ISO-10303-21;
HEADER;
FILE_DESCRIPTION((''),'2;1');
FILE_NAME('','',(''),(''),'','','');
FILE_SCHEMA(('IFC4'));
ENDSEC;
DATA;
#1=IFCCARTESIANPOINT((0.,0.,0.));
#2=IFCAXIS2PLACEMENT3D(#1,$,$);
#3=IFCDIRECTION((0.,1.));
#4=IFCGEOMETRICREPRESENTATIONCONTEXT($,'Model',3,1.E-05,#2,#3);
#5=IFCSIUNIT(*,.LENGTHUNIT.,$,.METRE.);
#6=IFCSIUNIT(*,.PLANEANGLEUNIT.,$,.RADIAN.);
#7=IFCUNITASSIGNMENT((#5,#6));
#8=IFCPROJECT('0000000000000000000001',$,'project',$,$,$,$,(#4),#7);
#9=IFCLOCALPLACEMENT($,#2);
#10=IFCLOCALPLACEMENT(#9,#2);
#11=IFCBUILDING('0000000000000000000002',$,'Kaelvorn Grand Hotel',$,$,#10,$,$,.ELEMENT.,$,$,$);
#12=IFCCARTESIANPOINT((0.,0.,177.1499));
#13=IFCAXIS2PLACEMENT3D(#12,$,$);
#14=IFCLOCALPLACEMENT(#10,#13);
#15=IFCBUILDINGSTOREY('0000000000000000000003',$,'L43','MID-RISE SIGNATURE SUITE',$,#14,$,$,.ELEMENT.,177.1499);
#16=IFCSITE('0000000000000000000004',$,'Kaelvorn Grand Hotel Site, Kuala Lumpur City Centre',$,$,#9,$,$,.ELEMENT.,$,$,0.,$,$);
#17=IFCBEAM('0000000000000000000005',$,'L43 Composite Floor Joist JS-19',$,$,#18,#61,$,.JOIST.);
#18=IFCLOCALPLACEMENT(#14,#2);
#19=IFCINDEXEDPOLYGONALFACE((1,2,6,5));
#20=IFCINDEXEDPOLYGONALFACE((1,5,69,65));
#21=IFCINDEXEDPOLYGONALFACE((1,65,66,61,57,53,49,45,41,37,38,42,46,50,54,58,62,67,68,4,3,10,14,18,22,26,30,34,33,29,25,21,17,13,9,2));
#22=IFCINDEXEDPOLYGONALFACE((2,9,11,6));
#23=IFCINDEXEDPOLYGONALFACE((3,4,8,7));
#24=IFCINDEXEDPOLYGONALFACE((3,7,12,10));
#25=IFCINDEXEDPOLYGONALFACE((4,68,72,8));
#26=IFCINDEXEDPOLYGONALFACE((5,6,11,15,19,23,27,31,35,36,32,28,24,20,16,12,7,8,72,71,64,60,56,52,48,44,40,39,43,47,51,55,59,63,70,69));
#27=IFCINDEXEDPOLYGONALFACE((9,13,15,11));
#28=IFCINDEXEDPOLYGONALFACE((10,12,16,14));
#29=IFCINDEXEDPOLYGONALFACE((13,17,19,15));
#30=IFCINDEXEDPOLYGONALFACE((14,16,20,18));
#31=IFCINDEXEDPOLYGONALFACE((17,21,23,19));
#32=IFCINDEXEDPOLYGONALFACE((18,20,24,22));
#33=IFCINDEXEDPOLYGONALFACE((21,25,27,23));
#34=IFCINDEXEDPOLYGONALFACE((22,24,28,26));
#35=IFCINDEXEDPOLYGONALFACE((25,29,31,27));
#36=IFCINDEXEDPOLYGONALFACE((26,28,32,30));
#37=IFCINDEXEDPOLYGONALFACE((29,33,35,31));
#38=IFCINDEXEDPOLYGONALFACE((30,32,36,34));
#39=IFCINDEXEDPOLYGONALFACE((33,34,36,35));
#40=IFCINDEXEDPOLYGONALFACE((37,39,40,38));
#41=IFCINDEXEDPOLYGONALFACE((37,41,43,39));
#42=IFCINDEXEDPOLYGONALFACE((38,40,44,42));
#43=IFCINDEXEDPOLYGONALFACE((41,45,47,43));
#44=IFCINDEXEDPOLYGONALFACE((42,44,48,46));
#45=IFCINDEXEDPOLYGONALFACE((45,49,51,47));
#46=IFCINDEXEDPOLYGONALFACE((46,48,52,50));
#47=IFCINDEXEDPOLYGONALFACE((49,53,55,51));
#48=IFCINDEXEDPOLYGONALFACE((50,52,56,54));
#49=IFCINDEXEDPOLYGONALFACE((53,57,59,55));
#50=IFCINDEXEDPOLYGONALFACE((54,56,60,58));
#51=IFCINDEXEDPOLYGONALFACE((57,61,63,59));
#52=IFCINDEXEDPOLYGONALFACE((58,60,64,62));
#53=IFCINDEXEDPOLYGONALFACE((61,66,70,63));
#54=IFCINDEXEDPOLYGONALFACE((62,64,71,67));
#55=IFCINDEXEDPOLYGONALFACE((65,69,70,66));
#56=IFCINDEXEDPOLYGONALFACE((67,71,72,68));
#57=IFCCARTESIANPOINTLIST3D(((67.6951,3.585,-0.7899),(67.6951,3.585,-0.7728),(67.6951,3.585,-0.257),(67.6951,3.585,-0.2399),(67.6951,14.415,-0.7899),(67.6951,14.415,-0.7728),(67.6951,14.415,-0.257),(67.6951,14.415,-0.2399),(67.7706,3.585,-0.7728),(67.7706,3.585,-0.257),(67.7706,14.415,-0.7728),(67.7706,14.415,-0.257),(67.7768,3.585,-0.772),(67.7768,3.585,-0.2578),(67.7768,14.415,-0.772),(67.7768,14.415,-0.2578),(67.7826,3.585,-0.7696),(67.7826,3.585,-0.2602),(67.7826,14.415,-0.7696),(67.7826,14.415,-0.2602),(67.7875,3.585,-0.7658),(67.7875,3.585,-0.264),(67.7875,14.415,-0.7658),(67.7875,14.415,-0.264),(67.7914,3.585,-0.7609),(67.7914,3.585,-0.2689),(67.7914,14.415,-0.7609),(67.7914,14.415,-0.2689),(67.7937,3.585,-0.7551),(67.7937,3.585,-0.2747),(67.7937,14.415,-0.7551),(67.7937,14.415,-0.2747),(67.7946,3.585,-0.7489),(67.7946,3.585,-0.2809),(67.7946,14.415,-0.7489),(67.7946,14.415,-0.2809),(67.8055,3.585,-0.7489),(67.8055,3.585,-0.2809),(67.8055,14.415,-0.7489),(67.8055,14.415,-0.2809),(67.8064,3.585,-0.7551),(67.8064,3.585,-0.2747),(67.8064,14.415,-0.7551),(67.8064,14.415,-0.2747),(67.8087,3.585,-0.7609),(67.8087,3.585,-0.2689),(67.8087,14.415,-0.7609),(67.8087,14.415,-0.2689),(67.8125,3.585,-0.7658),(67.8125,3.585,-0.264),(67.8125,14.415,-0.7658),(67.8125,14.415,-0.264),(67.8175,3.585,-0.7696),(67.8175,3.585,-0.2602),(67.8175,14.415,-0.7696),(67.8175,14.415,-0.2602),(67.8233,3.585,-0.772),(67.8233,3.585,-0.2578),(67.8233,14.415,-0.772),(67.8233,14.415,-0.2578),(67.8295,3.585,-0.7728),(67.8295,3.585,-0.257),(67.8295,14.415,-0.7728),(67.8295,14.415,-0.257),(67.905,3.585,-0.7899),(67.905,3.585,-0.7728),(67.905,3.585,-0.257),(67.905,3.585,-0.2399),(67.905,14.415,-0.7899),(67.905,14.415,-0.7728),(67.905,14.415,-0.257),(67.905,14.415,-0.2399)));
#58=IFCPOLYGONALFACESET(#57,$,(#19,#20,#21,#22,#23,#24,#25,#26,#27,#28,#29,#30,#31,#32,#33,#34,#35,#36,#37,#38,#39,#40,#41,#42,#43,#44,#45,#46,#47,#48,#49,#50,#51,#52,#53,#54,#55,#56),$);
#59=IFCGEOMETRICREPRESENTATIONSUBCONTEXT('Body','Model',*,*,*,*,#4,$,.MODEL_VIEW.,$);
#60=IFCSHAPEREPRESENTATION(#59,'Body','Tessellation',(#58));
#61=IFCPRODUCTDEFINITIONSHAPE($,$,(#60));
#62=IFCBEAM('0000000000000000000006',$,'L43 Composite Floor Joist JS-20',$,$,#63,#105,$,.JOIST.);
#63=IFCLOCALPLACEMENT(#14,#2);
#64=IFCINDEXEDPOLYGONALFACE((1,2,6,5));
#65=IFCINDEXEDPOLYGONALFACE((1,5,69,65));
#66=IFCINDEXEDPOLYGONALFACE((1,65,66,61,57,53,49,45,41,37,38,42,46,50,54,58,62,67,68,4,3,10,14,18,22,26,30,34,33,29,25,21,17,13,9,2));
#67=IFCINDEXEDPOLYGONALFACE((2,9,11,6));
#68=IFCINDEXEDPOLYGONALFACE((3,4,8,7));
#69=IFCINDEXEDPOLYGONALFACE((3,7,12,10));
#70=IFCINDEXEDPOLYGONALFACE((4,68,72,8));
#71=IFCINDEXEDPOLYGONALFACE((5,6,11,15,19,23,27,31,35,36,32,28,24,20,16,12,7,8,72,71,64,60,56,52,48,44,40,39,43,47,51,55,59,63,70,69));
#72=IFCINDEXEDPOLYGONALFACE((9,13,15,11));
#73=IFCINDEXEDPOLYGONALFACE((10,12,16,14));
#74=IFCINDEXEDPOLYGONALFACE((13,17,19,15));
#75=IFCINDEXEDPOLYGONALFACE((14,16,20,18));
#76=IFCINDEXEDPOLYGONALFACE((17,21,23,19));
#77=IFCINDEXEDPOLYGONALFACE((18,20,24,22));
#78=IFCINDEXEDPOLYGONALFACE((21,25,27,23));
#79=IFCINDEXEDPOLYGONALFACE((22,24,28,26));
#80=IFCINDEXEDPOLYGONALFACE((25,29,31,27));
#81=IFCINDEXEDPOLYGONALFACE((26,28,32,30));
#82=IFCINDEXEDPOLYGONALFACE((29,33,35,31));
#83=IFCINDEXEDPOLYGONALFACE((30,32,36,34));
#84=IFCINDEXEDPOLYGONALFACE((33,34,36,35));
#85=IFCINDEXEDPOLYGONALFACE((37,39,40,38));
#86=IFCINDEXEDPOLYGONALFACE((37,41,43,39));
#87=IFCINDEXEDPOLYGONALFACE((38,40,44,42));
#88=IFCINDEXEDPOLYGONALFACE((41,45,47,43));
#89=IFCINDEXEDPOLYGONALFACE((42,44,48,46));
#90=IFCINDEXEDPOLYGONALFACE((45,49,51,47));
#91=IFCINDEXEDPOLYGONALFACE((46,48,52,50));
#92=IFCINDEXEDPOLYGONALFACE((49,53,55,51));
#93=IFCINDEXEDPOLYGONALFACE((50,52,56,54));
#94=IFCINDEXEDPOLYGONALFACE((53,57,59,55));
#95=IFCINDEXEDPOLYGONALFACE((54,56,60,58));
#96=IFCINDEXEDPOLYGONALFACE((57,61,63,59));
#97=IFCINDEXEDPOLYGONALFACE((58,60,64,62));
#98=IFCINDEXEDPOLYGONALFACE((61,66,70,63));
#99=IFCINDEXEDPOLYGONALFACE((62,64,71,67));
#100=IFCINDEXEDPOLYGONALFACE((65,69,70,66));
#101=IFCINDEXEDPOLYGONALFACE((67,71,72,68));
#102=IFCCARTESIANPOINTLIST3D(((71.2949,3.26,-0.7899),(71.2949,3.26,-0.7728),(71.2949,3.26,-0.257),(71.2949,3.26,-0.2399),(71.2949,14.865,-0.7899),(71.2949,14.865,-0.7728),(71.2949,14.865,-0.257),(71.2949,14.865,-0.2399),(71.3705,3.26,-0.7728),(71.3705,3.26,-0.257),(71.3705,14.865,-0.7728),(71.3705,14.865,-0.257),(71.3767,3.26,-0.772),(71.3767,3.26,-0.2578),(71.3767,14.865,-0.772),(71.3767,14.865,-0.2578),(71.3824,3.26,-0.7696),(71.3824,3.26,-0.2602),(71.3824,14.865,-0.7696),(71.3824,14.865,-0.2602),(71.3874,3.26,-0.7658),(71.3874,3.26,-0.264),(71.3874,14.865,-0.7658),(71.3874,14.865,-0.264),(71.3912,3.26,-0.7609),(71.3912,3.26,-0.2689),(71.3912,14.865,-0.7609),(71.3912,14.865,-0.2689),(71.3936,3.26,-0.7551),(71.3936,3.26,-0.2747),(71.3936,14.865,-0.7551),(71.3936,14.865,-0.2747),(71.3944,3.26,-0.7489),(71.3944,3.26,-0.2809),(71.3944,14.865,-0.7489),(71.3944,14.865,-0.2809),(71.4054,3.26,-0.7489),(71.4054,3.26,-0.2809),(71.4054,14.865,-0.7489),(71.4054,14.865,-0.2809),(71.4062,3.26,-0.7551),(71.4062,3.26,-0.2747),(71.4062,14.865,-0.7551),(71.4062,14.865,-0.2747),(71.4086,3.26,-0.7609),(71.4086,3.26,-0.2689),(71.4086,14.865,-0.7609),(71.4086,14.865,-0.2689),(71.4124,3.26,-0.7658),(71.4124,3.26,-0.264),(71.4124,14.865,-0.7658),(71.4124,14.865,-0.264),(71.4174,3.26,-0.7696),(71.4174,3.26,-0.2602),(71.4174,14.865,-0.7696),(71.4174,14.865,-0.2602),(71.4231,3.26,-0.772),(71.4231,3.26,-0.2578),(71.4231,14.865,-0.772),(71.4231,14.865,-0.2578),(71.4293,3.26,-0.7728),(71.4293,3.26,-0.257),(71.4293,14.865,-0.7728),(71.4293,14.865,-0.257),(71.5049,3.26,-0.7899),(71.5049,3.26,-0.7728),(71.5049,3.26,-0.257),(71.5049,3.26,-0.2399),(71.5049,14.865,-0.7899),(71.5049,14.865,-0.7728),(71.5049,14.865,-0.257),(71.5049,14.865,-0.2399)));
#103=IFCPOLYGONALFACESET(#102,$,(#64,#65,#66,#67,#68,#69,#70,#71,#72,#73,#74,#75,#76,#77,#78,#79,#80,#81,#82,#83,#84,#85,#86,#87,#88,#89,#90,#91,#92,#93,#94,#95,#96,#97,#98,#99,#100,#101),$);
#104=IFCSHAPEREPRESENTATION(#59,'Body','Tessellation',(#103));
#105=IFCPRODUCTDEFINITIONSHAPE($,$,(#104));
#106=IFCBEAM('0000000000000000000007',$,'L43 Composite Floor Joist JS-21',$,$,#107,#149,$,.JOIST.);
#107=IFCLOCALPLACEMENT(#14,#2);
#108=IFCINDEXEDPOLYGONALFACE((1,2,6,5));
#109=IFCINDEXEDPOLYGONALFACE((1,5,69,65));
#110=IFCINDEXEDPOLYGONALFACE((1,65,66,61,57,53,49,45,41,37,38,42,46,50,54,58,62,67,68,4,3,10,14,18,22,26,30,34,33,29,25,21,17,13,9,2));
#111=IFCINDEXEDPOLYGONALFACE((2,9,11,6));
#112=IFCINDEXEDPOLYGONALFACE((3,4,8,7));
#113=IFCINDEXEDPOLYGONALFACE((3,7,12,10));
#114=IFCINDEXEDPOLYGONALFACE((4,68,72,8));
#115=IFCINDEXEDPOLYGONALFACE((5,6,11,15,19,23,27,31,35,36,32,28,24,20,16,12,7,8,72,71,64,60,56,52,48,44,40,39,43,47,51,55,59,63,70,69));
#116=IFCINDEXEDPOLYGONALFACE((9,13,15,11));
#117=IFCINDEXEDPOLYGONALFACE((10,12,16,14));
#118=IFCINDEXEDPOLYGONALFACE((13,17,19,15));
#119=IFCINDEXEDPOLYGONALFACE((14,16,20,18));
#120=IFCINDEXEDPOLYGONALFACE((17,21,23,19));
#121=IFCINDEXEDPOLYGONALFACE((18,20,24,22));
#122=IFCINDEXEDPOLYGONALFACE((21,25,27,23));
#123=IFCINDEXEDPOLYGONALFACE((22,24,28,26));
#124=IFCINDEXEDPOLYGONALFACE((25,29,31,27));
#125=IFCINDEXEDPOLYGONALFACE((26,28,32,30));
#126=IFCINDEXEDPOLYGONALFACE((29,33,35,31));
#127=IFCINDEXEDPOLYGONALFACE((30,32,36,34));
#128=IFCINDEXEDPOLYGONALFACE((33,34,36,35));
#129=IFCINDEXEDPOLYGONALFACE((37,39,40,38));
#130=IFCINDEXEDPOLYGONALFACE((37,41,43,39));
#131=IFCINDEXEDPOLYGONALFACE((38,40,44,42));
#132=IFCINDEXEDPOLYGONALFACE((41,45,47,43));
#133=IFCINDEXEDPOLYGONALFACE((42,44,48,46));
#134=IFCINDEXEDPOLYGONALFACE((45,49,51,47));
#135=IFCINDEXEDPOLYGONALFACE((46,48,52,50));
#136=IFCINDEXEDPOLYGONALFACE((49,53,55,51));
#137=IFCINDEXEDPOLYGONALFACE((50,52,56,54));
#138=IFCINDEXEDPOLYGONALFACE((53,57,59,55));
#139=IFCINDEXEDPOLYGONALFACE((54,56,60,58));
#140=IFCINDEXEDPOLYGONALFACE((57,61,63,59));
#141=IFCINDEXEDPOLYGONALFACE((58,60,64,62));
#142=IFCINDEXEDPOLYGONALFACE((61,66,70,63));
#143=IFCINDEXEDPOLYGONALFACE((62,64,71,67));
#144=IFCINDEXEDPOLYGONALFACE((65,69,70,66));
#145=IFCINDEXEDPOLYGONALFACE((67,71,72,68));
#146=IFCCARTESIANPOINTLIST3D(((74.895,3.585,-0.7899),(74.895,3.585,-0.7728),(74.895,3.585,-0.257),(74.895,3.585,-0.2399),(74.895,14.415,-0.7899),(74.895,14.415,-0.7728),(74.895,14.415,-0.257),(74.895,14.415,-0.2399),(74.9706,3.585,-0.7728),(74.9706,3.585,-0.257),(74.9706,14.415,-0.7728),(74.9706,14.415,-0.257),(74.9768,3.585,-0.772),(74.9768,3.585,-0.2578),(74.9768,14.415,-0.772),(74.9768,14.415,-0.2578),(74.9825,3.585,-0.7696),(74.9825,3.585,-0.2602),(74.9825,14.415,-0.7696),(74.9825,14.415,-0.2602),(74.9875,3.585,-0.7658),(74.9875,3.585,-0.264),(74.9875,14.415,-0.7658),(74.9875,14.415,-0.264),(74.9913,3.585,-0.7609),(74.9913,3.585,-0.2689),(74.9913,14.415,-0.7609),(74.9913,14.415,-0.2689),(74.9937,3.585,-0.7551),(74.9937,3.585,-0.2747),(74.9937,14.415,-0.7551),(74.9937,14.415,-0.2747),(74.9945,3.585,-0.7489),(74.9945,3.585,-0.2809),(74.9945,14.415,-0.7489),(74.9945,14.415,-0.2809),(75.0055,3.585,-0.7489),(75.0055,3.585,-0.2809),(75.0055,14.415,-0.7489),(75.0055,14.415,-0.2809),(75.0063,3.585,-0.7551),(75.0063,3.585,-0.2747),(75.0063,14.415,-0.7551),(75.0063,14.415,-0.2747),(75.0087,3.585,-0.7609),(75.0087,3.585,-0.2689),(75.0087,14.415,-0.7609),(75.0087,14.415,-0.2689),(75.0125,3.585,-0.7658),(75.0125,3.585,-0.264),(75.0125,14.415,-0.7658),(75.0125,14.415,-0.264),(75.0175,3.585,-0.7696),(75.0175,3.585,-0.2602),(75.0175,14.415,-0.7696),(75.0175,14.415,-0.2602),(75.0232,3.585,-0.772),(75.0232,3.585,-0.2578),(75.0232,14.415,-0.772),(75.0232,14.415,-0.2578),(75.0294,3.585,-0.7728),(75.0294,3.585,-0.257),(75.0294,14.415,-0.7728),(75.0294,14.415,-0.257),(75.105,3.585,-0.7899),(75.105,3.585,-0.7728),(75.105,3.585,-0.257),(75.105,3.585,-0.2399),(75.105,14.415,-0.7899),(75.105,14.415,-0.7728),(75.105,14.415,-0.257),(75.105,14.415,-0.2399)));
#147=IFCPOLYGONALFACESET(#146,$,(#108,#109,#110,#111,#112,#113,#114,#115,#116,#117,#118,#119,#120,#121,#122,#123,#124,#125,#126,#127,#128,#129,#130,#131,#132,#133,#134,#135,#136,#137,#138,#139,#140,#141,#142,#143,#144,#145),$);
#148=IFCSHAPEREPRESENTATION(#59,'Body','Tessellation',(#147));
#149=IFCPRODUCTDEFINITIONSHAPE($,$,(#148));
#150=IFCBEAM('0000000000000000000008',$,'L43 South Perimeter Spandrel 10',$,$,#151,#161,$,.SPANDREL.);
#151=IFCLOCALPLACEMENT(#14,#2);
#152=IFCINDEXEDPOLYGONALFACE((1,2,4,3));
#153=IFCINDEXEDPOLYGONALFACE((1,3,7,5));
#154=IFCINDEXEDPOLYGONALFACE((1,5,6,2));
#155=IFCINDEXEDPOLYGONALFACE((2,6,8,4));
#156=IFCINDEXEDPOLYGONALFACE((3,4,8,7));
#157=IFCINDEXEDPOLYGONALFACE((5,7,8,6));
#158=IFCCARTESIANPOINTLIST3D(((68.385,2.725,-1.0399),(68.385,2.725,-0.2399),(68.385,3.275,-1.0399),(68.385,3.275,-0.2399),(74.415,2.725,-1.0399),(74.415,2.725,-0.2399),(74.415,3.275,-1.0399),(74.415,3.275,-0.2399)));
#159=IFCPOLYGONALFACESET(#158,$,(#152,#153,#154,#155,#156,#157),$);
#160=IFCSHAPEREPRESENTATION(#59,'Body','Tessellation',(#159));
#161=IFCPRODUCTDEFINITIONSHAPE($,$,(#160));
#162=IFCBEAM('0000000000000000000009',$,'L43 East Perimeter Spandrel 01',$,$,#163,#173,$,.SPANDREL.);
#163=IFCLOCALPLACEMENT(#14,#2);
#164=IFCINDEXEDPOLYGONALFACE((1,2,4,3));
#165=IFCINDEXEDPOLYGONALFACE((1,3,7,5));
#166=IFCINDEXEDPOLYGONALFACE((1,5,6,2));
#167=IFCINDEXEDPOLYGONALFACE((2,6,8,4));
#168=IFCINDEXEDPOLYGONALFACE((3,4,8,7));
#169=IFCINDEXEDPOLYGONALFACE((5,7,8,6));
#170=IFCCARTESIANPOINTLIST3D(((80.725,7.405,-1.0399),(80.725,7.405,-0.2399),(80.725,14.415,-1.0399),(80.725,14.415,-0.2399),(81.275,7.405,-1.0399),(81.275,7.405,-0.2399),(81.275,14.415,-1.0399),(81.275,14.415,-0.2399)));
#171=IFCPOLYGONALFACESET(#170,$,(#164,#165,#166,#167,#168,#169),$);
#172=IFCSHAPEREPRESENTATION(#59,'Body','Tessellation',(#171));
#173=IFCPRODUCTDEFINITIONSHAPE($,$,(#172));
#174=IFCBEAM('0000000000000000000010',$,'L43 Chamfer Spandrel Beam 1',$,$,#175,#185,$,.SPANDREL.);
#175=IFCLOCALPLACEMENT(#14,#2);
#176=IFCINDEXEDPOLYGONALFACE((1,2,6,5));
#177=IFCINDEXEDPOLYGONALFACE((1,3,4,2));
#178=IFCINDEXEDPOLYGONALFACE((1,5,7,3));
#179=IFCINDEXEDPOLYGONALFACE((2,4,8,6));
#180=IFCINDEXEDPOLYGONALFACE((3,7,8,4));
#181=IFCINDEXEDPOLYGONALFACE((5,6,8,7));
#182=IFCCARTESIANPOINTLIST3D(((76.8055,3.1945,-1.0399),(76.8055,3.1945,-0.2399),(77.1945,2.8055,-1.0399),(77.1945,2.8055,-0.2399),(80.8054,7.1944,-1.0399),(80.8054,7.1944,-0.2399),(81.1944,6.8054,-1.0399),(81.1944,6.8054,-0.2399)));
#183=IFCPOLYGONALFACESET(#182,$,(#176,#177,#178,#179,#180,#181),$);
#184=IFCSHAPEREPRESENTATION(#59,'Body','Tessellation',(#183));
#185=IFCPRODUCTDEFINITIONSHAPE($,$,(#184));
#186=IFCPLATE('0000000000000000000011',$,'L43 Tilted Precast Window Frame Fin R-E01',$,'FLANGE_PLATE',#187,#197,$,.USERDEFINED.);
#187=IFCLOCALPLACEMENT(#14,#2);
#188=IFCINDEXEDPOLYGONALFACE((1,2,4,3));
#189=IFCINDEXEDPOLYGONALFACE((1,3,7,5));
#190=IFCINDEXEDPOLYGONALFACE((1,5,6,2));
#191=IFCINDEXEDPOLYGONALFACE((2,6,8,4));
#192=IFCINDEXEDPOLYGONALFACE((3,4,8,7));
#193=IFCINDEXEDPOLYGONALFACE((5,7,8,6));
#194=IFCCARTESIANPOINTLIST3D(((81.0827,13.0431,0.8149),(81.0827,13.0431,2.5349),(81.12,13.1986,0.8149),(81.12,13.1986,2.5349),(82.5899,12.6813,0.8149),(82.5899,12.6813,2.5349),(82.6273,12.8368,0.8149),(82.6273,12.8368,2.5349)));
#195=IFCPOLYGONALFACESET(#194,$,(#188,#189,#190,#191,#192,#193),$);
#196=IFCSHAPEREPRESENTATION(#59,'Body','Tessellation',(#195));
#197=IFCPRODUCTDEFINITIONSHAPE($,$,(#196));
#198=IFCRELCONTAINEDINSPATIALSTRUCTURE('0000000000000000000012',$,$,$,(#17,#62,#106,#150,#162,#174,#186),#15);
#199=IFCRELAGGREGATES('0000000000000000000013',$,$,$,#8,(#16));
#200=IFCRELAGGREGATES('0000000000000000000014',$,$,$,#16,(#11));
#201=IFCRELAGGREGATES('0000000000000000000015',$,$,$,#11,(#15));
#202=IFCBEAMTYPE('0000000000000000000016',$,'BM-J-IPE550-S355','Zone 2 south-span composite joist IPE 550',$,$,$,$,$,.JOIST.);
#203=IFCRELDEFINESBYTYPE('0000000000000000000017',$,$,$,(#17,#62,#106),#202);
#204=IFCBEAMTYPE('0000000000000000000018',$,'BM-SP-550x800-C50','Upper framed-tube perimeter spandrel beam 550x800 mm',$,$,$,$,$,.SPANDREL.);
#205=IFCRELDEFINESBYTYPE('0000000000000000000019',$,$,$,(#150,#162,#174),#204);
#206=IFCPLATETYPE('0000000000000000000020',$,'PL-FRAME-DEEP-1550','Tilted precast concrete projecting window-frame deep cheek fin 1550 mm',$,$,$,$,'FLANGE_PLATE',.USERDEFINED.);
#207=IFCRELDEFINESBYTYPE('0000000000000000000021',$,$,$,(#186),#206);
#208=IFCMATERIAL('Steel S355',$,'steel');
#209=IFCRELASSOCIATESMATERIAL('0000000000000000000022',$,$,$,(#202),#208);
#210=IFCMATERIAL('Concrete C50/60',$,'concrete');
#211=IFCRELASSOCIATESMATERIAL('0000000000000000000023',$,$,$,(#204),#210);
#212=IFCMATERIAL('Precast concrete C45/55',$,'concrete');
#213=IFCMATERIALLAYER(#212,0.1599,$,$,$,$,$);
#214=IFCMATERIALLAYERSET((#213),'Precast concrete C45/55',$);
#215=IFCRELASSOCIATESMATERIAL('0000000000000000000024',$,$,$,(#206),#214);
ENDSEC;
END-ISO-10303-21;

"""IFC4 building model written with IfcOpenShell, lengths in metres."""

from ifc_helpers import new_model, si_unit, direction, frame, origin, origin_2d, place, context, subcontext, project, spatial, rectangle, i_section, extrude, material, layer, layer_set, material_profile, profile_set, type_object, element, save


model = new_model("IFC4")

# Units and contexts
model_context = context("Model", 3, precision=1e-05, world=origin(), true_north=direction((0.0, 1.0)))
body_context = subcontext(model_context, "Body", "Model", "MODEL_VIEW")
ifc_project = project(units=[si_unit("LENGTHUNIT", "METRE"), si_unit("PLANEANGLEUNIT", "RADIAN")], contexts=[model_context])

# Site, building, storey
site_placement = place(None, origin())
site = spatial("IfcSite", under=ifc_project, at=site_placement, Name="Kaelvorn Grand Hotel Site, Kuala Lumpur City Centre", CompositionType="ELEMENT", RefElevation=0.0)
building_placement = place(site_placement, origin())
building = spatial("IfcBuilding", under=site, at=building_placement, Name="Kaelvorn Grand Hotel", CompositionType="ELEMENT")
storey_placement = place(building_placement, frame((0.0, 0.0, 177.1499)))
storey = spatial("IfcBuildingStorey", under=building, at=storey_placement, Name="L43", Description="MID-RISE SIGNATURE SUITE", CompositionType="ELEMENT", Elevation=177.1499)

# Beams
ifc_material_1 = material(Name="Steel S355", Category="steel")
ifc_material_profile_1 = material_profile(ifc_material_1, i_section(OverallWidth=0.21, OverallDepth=0.55, WebThickness=0.011, FlangeThickness=0.0171, FilletRadius=0.0239, at=origin_2d()), Name="IPE 550")
ifc_profile_set_1 = profile_set([ifc_material_profile_1], Name="Steel S355")
beam_type_1 = type_object("IfcBeamType", Name="BM-J-IPE550-S355", Description="Zone 2 south-span composite joist IPE 550", PredefinedType="JOIST", material=ifc_profile_set_1)
beam_1_placement = place(storey_placement, frame((67.8, 3.585, -0.5149), z_axis=(0.0, 1.0, 0.0), x_axis=(-1.0, 0.0, 0.0)))
element("IfcBeam", 1, at=beam_1_placement, inside=storey, type_object=beam_type_1, Name="L43 Composite Floor Joist JS-19", PredefinedType="JOIST", context=body_context, shape_type="SweptSolid", body=[
    extrude(i_section(OverallWidth=0.21, OverallDepth=0.55, WebThickness=0.011, FlangeThickness=0.0171, FilletRadius=0.0239, at=origin_2d()), origin(), (0.0, 0.0, 1.0), 10.8301),
])
beam_2_placement = place(storey_placement, frame((71.3999, 3.26, -0.5149), z_axis=(0.0, 1.0, 0.0), x_axis=(-1.0, 0.0, 0.0)))
element("IfcBeam", 2, at=beam_2_placement, inside=storey, type_object=beam_type_1, Name="L43 Composite Floor Joist JS-20", PredefinedType="JOIST", context=body_context, shape_type="SweptSolid", body=[
    extrude(i_section(OverallWidth=0.21, OverallDepth=0.55, WebThickness=0.011, FlangeThickness=0.0171, FilletRadius=0.0239, at=origin_2d()), origin(), (0.0, 0.0, 1.0), 11.605),
])
beam_3_placement = place(storey_placement, frame((75.0, 3.585, -0.5149), z_axis=(0.0, 1.0, 0.0), x_axis=(-1.0, 0.0, 0.0)))
element("IfcBeam", 3, at=beam_3_placement, inside=storey, type_object=beam_type_1, Name="L43 Composite Floor Joist JS-21", PredefinedType="JOIST", context=body_context, shape_type="SweptSolid", body=[
    extrude(i_section(OverallWidth=0.21, OverallDepth=0.55, WebThickness=0.011, FlangeThickness=0.0171, FilletRadius=0.0239, at=origin_2d()), origin(), (0.0, 0.0, 1.0), 10.8301),
])
ifc_material_2 = material(Name="Concrete C50/60", Category="concrete")
ifc_material_profile_2 = material_profile(ifc_material_2, rectangle(XDim=0.55, YDim=0.8, at=origin_2d()), Name="RC SPANDREL 550x800")
ifc_profile_set_2 = profile_set([ifc_material_profile_2], Name="Concrete C50/60")
beam_type_2 = type_object("IfcBeamType", Name="BM-SP-550x800-C50", Description="Upper framed-tube perimeter spandrel beam 550x800 mm", PredefinedType="SPANDREL", material=ifc_profile_set_2)
beam_4_placement = place(storey_placement, frame((68.385, 3.0, -0.6399), z_axis=(1.0, 0.0, 0.0), x_axis=(0.0, 1.0, 0.0)))
element("IfcBeam", 4, at=beam_4_placement, inside=storey, type_object=beam_type_2, Name="L43 South Perimeter Spandrel 10", PredefinedType="SPANDREL", context=body_context, shape_type="SweptSolid", body=[
    extrude(rectangle(XDim=0.55, YDim=0.8, at=origin_2d()), origin(), (0.0, 0.0, 1.0), 6.03),
])
beam_5_placement = place(storey_placement, frame((81.0, 7.405, -0.6399), z_axis=(0.0, 1.0, 0.0), x_axis=(-1.0, 0.0, 0.0)))
element("IfcBeam", 5, at=beam_5_placement, inside=storey, type_object=beam_type_2, Name="L43 East Perimeter Spandrel 01", PredefinedType="SPANDREL", context=body_context, shape_type="SweptSolid", body=[
    extrude(rectangle(XDim=0.55, YDim=0.8, at=origin_2d()), origin(), (0.0, 0.0, 1.0), 7.01),
])
beam_6_placement = place(storey_placement, frame((77.0, 3.0, -0.6399), z_axis=(0.707107, 0.707107, 0.0), x_axis=(-0.707107, 0.707107, 0.0)))
element("IfcBeam", 6, at=beam_6_placement, inside=storey, type_object=beam_type_2, Name="L43 Chamfer Spandrel Beam 1", PredefinedType="SPANDREL", context=body_context, shape_type="SweptSolid", body=[
    extrude(rectangle(XDim=0.55, YDim=0.8, at=origin_2d()), origin(), (0.0, 0.0, 1.0), 5.6567),
])

# Plate
ifc_material_3 = material(Name="Precast concrete C45/55", Category="concrete")
ifc_layer_1 = layer(ifc_material_3, 0.1599)
ifc_layer_set_1 = layer_set([ifc_layer_1], Name="Precast concrete C45/55")
plate_type_1 = type_object("IfcPlateType", Name="PL-FRAME-DEEP-1550", Description="Tilted precast concrete projecting window-frame deep cheek fin 1550 mm", ElementType="FLANGE_PLATE", PredefinedType="USERDEFINED", material=ifc_layer_set_1)
plate_1_placement = place(storey_placement, frame((81.855, 12.9399, 0.8149), z_axis=(0.0, 0.0, 1.0), x_axis=(0.233445, 0.97237, 0.0)))
element("IfcPlate", 7, at=plate_1_placement, inside=storey, type_object=plate_type_1, Name="L43 Tilted Precast Window Frame Fin R-E01", ObjectType="FLANGE_PLATE", PredefinedType="USERDEFINED", context=body_context, shape_type="SweptSolid", body=[
    extrude(rectangle(XDim=0.1599, YDim=1.55, at=origin_2d()), origin(), (0.0, 0.0, 1.0), 1.72),
])

save(model, "model.ifc")
